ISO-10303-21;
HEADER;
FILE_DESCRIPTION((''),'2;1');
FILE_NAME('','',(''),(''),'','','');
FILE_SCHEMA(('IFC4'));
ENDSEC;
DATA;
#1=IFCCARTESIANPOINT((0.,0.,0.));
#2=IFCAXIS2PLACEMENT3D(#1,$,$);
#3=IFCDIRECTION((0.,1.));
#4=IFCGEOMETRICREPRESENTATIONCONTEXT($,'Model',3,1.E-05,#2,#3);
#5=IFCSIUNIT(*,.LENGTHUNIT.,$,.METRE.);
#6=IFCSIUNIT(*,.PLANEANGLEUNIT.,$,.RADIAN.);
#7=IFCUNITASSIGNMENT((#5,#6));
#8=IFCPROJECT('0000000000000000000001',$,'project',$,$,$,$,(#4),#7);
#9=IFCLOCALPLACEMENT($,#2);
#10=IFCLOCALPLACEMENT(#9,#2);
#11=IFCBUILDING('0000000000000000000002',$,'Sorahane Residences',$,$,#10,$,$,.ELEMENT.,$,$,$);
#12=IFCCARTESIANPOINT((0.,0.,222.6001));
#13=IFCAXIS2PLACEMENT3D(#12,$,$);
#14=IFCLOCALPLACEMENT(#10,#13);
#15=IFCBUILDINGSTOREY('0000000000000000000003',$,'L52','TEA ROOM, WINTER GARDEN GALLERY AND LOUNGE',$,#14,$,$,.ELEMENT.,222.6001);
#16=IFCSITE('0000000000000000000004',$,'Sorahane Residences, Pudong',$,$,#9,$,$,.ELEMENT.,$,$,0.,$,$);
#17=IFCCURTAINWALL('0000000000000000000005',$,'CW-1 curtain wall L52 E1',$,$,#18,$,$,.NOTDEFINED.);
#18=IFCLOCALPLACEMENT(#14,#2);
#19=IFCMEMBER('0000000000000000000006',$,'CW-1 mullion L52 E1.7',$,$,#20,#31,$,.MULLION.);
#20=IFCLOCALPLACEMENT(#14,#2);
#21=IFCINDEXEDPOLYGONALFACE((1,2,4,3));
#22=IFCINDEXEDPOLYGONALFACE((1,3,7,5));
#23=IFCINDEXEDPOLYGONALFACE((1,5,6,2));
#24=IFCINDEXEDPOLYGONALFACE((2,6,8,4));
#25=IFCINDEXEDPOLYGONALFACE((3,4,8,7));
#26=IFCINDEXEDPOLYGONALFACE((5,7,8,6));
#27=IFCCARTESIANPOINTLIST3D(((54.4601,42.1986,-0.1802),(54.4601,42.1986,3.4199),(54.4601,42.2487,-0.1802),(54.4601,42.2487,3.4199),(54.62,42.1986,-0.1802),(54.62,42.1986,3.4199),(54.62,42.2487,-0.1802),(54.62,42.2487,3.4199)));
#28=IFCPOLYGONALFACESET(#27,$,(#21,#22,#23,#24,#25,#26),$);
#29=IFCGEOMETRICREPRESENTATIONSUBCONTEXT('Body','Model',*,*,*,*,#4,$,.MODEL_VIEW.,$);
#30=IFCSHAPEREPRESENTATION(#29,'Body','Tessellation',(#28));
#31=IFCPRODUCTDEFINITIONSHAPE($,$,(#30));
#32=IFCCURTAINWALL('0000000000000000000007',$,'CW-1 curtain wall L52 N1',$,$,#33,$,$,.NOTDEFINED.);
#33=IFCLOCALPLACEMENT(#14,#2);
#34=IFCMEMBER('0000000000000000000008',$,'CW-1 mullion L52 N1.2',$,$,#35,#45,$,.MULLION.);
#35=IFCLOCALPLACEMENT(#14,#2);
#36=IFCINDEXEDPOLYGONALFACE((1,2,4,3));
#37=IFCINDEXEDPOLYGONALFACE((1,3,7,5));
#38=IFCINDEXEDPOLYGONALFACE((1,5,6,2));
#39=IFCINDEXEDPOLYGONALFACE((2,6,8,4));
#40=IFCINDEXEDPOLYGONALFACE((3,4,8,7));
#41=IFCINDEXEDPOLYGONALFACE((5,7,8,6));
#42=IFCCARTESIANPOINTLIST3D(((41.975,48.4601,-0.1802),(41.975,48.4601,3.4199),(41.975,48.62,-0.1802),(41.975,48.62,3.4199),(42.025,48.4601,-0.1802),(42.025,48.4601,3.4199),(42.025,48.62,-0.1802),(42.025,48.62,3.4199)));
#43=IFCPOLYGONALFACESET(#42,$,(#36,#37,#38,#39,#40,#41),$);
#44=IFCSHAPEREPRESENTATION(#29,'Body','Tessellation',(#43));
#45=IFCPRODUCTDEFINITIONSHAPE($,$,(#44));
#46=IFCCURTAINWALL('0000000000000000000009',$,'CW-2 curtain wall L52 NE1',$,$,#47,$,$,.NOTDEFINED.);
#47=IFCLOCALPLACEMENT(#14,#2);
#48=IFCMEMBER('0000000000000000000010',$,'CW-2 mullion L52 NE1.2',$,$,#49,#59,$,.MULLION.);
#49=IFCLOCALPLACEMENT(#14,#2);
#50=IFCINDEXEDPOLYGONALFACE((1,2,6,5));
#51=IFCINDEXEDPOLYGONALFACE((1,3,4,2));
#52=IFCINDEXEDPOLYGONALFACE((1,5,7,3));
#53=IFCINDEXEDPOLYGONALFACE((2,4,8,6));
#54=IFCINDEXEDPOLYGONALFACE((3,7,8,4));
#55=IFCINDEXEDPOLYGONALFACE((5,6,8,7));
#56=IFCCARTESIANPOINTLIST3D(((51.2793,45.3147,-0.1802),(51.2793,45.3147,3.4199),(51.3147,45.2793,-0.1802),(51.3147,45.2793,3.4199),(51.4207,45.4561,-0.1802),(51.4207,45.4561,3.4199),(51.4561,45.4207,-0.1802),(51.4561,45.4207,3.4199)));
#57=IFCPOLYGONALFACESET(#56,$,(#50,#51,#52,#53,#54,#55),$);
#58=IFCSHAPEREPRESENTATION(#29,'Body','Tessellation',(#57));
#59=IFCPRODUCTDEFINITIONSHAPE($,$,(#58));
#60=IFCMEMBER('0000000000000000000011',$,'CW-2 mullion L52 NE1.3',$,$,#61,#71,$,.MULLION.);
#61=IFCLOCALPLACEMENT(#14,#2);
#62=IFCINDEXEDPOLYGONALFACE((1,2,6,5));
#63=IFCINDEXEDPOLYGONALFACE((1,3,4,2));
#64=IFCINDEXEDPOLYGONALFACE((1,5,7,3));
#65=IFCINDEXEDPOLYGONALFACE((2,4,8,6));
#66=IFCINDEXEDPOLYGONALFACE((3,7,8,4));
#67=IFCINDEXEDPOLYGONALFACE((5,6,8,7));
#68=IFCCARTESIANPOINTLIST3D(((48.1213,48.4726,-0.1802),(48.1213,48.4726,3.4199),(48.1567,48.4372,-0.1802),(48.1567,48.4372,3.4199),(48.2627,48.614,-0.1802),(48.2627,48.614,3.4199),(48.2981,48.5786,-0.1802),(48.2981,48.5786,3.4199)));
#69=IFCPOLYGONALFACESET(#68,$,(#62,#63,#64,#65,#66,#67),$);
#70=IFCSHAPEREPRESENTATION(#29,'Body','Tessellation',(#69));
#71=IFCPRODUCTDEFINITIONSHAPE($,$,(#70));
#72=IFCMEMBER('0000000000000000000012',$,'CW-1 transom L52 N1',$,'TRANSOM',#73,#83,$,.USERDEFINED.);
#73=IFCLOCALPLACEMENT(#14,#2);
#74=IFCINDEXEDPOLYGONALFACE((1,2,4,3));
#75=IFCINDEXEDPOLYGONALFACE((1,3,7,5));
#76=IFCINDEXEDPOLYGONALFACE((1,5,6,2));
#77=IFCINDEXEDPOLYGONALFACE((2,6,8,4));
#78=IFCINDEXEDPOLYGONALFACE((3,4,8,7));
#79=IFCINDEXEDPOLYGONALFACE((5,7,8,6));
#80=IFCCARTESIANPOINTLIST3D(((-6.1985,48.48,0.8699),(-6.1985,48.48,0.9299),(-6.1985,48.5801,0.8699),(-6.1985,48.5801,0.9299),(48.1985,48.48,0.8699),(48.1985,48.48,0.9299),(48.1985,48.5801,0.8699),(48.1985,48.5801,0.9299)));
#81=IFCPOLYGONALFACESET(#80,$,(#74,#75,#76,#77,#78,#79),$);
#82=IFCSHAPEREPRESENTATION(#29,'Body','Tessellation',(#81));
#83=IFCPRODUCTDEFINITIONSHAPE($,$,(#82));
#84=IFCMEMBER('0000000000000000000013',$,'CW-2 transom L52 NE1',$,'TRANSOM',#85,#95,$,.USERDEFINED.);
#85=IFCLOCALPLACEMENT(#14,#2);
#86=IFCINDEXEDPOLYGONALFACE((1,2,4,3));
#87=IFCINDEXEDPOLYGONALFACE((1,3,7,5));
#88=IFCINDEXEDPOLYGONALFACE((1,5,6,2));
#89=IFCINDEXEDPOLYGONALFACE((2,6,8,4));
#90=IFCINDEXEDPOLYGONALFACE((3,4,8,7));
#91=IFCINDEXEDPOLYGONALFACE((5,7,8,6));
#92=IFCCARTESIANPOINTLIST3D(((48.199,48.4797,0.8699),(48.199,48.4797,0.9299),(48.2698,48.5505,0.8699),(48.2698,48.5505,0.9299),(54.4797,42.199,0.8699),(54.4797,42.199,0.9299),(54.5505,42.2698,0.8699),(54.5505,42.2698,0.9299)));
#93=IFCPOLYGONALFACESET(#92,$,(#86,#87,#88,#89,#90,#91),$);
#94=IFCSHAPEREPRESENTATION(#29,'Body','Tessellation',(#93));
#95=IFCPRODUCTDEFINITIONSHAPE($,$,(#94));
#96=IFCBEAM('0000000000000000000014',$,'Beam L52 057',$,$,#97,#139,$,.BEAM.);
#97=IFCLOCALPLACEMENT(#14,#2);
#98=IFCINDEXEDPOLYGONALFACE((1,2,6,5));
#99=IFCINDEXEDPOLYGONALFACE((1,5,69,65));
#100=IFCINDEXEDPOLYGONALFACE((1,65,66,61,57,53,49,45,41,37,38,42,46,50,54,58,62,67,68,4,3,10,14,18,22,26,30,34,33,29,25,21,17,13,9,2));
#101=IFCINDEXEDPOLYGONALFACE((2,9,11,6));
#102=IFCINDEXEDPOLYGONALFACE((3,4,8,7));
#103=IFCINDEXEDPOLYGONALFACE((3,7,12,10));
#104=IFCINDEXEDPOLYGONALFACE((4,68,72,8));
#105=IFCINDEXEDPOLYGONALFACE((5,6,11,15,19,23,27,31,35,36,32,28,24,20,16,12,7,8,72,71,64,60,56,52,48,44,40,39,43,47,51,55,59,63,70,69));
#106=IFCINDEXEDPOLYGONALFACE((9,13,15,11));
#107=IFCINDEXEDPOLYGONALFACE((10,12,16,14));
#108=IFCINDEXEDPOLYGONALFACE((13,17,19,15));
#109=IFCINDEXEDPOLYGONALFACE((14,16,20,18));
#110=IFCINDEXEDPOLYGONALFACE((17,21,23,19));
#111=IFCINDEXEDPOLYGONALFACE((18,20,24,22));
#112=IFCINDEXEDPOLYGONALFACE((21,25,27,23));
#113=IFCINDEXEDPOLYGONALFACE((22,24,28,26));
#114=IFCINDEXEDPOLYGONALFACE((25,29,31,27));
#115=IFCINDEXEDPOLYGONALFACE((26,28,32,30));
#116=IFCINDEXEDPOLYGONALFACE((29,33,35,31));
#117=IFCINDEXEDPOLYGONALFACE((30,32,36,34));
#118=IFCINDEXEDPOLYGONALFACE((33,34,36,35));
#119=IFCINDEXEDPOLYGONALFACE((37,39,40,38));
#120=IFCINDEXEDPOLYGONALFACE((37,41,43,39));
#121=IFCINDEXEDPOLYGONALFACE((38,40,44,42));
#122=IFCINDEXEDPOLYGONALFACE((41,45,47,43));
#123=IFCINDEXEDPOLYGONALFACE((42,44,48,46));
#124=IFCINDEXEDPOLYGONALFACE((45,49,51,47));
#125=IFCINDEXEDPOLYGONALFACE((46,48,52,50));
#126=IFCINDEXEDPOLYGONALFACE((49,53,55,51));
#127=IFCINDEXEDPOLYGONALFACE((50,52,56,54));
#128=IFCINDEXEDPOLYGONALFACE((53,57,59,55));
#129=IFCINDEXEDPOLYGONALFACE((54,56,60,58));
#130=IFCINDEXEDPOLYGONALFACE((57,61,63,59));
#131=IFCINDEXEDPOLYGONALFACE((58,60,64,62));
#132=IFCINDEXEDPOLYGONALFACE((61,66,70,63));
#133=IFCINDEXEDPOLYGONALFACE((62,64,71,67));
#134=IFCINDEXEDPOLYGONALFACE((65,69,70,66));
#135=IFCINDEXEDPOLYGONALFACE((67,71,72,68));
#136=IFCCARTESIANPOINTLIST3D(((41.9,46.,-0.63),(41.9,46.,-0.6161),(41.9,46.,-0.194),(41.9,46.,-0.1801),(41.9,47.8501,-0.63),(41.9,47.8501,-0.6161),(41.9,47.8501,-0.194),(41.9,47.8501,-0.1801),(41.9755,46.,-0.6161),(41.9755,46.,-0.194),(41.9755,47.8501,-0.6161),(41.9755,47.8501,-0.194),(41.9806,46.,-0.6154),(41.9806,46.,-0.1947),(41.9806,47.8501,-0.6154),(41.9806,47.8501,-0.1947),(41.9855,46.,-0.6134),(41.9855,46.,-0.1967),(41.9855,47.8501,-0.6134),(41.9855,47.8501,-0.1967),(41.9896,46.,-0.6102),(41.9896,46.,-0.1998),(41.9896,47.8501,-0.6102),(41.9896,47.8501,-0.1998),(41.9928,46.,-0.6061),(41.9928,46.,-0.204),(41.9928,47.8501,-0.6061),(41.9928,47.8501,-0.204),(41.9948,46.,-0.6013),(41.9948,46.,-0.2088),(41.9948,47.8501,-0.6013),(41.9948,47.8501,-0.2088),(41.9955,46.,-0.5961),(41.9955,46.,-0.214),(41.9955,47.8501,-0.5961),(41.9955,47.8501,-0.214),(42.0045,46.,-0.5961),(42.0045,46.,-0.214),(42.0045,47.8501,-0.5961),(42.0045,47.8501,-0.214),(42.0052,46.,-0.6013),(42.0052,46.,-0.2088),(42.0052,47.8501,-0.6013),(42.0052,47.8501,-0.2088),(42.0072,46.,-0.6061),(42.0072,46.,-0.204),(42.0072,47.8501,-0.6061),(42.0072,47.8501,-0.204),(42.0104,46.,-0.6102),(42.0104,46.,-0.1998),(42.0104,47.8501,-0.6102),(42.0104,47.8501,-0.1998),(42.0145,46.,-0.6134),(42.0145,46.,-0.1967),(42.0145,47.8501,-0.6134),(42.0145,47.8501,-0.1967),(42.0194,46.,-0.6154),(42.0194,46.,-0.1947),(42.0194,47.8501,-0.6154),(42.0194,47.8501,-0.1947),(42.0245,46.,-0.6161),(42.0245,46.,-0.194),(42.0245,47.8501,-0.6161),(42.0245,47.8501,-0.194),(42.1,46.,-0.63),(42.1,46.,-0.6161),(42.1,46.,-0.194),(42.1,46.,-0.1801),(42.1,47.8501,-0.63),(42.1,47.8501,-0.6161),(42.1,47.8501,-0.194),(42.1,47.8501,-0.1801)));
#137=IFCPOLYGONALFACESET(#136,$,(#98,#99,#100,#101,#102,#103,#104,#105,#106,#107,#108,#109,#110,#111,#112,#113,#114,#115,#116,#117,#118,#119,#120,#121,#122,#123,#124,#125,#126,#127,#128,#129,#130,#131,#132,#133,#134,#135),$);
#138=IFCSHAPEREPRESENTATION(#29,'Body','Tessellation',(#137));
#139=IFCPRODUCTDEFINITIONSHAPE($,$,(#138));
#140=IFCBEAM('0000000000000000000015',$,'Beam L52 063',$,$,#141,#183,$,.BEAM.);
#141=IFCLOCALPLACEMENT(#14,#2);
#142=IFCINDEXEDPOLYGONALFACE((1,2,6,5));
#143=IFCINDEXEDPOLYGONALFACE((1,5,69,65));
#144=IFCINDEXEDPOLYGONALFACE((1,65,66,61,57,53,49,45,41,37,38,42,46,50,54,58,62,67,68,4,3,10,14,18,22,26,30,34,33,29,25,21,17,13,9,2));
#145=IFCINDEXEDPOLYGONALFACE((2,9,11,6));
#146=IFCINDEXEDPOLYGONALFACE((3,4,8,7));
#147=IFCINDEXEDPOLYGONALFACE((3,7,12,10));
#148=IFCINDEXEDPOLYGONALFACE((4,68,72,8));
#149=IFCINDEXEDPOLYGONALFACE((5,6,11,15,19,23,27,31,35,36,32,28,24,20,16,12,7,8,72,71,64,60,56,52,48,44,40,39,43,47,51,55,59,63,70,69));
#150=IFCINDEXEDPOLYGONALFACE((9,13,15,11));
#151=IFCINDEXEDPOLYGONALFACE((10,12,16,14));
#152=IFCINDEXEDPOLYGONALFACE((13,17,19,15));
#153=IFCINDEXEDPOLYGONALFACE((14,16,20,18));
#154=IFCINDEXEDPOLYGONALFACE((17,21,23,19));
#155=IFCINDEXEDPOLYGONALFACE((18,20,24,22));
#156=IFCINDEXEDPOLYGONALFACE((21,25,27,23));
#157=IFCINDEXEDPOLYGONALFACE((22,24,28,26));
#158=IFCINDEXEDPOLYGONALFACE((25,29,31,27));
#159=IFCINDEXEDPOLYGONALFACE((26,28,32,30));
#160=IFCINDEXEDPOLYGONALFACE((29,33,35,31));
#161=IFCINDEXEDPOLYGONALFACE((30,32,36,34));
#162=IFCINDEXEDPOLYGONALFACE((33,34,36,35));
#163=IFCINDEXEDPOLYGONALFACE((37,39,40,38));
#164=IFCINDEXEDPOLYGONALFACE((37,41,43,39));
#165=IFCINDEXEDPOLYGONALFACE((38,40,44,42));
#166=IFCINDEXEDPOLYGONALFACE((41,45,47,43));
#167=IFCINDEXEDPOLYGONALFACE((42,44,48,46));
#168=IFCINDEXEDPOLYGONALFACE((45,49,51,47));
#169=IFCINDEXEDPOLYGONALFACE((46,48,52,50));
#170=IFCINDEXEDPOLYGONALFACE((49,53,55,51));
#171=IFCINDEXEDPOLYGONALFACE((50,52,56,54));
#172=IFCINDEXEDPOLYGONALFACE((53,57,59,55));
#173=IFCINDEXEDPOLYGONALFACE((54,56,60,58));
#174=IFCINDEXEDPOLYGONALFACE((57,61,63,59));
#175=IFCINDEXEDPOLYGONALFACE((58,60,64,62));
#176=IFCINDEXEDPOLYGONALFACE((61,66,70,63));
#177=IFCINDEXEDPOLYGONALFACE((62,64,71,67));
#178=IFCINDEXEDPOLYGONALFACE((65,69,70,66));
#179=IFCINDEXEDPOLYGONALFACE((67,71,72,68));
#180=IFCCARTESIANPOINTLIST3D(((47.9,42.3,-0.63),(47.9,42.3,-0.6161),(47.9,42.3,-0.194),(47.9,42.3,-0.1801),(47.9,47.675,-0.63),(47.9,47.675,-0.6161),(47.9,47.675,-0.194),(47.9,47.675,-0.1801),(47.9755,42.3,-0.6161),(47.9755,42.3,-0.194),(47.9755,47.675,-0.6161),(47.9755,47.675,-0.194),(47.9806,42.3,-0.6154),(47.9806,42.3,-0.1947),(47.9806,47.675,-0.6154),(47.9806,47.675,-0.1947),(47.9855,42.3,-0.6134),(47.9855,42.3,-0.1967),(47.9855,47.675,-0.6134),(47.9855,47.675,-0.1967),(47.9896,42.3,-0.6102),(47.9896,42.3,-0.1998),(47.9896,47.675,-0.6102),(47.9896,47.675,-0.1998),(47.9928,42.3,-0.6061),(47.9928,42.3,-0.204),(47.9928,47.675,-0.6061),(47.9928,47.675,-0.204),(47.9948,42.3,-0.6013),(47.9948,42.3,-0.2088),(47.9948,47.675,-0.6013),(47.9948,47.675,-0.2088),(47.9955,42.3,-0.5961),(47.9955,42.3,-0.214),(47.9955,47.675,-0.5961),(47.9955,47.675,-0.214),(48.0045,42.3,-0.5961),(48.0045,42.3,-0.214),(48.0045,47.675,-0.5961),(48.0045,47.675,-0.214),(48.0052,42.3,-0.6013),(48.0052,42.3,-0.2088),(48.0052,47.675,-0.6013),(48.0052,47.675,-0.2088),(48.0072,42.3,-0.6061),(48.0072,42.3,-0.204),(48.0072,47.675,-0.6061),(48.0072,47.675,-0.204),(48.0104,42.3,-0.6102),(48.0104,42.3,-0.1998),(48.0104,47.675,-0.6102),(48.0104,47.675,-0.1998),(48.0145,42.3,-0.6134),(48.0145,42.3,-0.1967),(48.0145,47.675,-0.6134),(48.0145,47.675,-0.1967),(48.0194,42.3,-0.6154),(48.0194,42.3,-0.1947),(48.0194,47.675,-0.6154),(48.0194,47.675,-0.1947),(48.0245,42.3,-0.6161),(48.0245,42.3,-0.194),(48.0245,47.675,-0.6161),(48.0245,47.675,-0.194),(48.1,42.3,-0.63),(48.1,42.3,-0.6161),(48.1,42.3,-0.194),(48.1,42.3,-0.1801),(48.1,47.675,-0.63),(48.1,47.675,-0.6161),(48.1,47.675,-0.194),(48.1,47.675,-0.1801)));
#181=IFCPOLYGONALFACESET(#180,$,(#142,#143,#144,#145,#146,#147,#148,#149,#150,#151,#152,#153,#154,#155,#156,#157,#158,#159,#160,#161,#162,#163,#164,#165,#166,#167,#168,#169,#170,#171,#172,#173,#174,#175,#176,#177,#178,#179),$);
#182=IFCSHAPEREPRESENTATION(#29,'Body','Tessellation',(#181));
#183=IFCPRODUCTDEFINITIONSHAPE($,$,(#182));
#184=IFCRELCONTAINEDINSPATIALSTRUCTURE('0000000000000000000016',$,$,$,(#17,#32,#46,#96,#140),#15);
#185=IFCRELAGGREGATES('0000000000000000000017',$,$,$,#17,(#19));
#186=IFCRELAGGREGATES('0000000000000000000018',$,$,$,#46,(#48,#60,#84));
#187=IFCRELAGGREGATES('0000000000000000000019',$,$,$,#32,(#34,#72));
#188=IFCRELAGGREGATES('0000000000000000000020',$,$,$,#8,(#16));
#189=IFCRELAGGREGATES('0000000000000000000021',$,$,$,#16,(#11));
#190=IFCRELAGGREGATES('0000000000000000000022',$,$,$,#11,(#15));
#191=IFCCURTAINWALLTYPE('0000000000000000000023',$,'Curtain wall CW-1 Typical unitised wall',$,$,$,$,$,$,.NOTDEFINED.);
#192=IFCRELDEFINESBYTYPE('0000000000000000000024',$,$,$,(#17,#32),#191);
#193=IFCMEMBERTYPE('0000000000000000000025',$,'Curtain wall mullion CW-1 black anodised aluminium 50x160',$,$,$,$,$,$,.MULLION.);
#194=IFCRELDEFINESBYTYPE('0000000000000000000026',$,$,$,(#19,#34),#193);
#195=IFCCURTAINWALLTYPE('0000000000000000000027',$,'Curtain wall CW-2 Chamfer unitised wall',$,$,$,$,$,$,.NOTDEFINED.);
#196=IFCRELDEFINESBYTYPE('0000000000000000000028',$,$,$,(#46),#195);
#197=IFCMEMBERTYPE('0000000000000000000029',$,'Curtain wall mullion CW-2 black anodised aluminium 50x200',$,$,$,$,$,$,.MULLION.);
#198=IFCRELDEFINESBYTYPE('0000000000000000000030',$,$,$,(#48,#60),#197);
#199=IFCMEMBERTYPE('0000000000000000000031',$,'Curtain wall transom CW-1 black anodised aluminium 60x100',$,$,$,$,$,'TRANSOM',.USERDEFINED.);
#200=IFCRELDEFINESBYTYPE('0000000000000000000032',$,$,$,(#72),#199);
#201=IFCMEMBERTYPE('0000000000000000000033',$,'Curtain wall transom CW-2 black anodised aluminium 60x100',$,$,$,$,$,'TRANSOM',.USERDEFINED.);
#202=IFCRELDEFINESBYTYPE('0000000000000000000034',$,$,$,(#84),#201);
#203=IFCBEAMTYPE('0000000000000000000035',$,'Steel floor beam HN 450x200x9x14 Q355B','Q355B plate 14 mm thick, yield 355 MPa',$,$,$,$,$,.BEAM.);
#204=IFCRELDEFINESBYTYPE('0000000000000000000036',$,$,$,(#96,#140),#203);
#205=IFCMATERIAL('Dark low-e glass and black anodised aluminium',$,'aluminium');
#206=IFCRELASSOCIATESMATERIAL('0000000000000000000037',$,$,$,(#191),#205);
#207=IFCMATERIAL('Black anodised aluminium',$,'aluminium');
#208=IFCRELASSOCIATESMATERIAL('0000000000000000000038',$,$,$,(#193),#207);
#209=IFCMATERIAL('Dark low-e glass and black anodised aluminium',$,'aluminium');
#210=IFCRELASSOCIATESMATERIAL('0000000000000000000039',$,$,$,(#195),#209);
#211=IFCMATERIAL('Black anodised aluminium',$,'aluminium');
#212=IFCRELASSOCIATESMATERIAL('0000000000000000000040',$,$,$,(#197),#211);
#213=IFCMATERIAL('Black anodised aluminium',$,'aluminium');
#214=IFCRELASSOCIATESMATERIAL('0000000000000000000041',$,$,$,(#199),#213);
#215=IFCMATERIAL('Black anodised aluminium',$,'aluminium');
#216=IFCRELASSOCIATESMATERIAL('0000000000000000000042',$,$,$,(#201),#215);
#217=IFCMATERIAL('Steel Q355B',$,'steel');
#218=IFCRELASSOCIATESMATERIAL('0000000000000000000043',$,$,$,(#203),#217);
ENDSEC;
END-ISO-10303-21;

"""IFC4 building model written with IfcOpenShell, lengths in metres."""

from ifc_helpers import new_model, si_unit, direction, frame, origin, origin_2d, place, context, subcontext, project, spatial, rectangle, i_section, extrude, material, material_profile, profile_set, type_object, element, aggregate, save


model = new_model("IFC4")

# Units and contexts
model_context = context("Model", 3, precision=1e-05, world=origin(), true_north=direction((0.0, 1.0)))
body_context = subcontext(model_context, "Body", "Model", "MODEL_VIEW")
ifc_project = project(units=[si_unit("LENGTHUNIT", "METRE"), si_unit("PLANEANGLEUNIT", "RADIAN")], contexts=[model_context])

# Site, building, storey
site_placement = place(None, origin())
site = spatial("IfcSite", under=ifc_project, at=site_placement, Name="Sorahane Residences, Pudong", CompositionType="ELEMENT", RefElevation=0.0)
building_placement = place(site_placement, origin())
building = spatial("IfcBuilding", under=site, at=building_placement, Name="Sorahane Residences", CompositionType="ELEMENT")
storey_placement = place(building_placement, frame((0.0, 0.0, 222.6001)))
storey = spatial("IfcBuildingStorey", under=building, at=storey_placement, Name="L52", Description="TEA ROOM, WINTER GARDEN GALLERY AND LOUNGE", CompositionType="ELEMENT", Elevation=222.6001)

# Curtain walls, members
ifc_material_1 = material(Name="Dark low-e glass and black anodised aluminium", Category="aluminium")
curtain_wall_type_1 = type_object("IfcCurtainWallType", Name="Curtain wall CW-1 Typical unitised wall", PredefinedType="NOTDEFINED", material=ifc_material_1)
curtain_wall_1_placement = place(storey_placement, origin())
curtain_wall_1 = element("IfcCurtainWall", 1, at=curtain_wall_1_placement, inside=storey, type_object=curtain_wall_type_1, Name="CW-1 curtain wall L52 E1", PredefinedType="NOTDEFINED")
ifc_material_2 = material(Name="Black anodised aluminium", Category="aluminium")
ifc_material_profile_1 = material_profile(ifc_material_2, rectangle(XDim=0.1599, YDim=0.05, at=origin_2d()), Name="Curtain wall mullion CW-1 black anodised aluminium 50x160")
ifc_profile_set_1 = profile_set([ifc_material_profile_1], Name="Black anodised aluminium")
member_type_1 = type_object("IfcMemberType", Name="Curtain wall mullion CW-1 black anodised aluminium 50x160", PredefinedType="MULLION", material=ifc_profile_set_1)
member_1_placement = place(storey_placement, frame((54.54, 42.2236, -0.1802), z_axis=(0.0, 0.0, 1.0), x_axis=(1.0, 0.0, 0.0)))
member_1 = element("IfcMember", 2, at=member_1_placement, type_object=member_type_1, Name="CW-1 mullion L52 E1.7", PredefinedType="MULLION", context=body_context, shape_type="SweptSolid", body=[
    extrude(rectangle(XDim=0.1599, YDim=0.05, at=origin_2d()), origin(), (0.0, 0.0, 1.0), 3.6001),
])
aggregate(curtain_wall_1, [member_1])
curtain_wall_2_placement = place(storey_placement, origin())
curtain_wall_2 = element("IfcCurtainWall", 3, at=curtain_wall_2_placement, inside=storey, type_object=curtain_wall_type_1, Name="CW-1 curtain wall L52 N1", PredefinedType="NOTDEFINED")
member_2_placement = place(storey_placement, frame((42.0, 48.54, -0.1802), z_axis=(0.0, 0.0, 1.0), x_axis=(0.0, 1.0, 0.0)))
member_2 = element("IfcMember", 4, at=member_2_placement, type_object=member_type_1, Name="CW-1 mullion L52 N1.2", PredefinedType="MULLION", context=body_context, shape_type="SweptSolid", body=[
    extrude(rectangle(XDim=0.1599, YDim=0.05, at=origin_2d()), origin(), (0.0, 0.0, 1.0), 3.6001),
])

# Curtain wall, members
ifc_material_3 = material(Name="Dark low-e glass and black anodised aluminium", Category="aluminium")
curtain_wall_type_2 = type_object("IfcCurtainWallType", Name="Curtain wall CW-2 Chamfer unitised wall", PredefinedType="NOTDEFINED", material=ifc_material_3)
curtain_wall_3_placement = place(storey_placement, origin())
curtain_wall_3 = element("IfcCurtainWall", 5, at=curtain_wall_3_placement, inside=storey, type_object=curtain_wall_type_2, Name="CW-2 curtain wall L52 NE1", PredefinedType="NOTDEFINED")
ifc_material_4 = material(Name="Black anodised aluminium", Category="aluminium")
ifc_material_profile_2 = material_profile(ifc_material_4, rectangle(XDim=0.2, YDim=0.05, at=origin_2d()), Name="Curtain wall mullion CW-2 black anodised aluminium 50x200")
ifc_profile_set_2 = profile_set([ifc_material_profile_2], Name="Black anodised aluminium")
member_type_2 = type_object("IfcMemberType", Name="Curtain wall mullion CW-2 black anodised aluminium 50x200", PredefinedType="MULLION", material=ifc_profile_set_2)
member_3_placement = place(storey_placement, frame((51.3677, 45.3677, -0.1802), z_axis=(0.0, 0.0, 1.0), x_axis=(0.707107, 0.707107, 0.0)))
member_3 = element("IfcMember", 6, at=member_3_placement, type_object=member_type_2, Name="CW-2 mullion L52 NE1.2", PredefinedType="MULLION", context=body_context, shape_type="SweptSolid", body=[
    extrude(rectangle(XDim=0.2, YDim=0.05, at=origin_2d()), origin(), (0.0, 0.0, 1.0), 3.6001),
])
member_4_placement = place(storey_placement, frame((48.2097, 48.5256, -0.1802), z_axis=(0.0, 0.0, 1.0), x_axis=(0.707107, 0.707107, 0.0)))
member_4 = element("IfcMember", 7, at=member_4_placement, type_object=member_type_2, Name="CW-2 mullion L52 NE1.3", PredefinedType="MULLION", context=body_context, shape_type="SweptSolid", body=[
    extrude(rectangle(XDim=0.2, YDim=0.05, at=origin_2d()), origin(), (0.0, 0.0, 1.0), 3.6001),
])

# Members
ifc_material_5 = material(Name="Black anodised aluminium", Category="aluminium")
ifc_material_profile_3 = material_profile(ifc_material_5, rectangle(XDim=0.1001, YDim=0.0601, at=origin_2d()), Name="Curtain wall transom CW-1 black anodised aluminium 60x100")
ifc_profile_set_3 = profile_set([ifc_material_profile_3], Name="Black anodised aluminium")
member_type_3 = type_object("IfcMemberType", Name="Curtain wall transom CW-1 black anodised aluminium 60x100", ElementType="TRANSOM", PredefinedType="USERDEFINED", material=ifc_profile_set_3)
member_5_placement = place(storey_placement, frame((48.1985, 48.53, 0.8999), z_axis=(-1.0, 0.0, 0.0), x_axis=(0.0, -1.0, 0.0)))
member_5 = element("IfcMember", 8, at=member_5_placement, type_object=member_type_3, Name="CW-1 transom L52 N1", ObjectType="TRANSOM", PredefinedType="USERDEFINED", context=body_context, shape_type="SweptSolid", body=[
    extrude(rectangle(XDim=0.1001, YDim=0.0601, at=origin_2d()), origin(), (0.0, 0.0, 1.0), 54.397),
])
ifc_material_6 = material(Name="Black anodised aluminium", Category="aluminium")
ifc_material_profile_4 = material_profile(ifc_material_6, rectangle(XDim=0.1001, YDim=0.0601, at=origin_2d()), Name="Curtain wall transom CW-2 black anodised aluminium 60x100")
ifc_profile_set_4 = profile_set([ifc_material_profile_4], Name="Black anodised aluminium")
member_type_4 = type_object("IfcMemberType", Name="Curtain wall transom CW-2 black anodised aluminium 60x100", ElementType="TRANSOM", PredefinedType="USERDEFINED", material=ifc_profile_set_4)
member_6_placement = place(storey_placement, frame((54.5151, 42.2344, 0.8999), z_axis=(-0.707107, 0.707107, 0.0), x_axis=(-0.707107, -0.707107, 0.0)))
member_6 = element("IfcMember", 9, at=member_6_placement, type_object=member_type_4, Name="CW-2 transom L52 NE1", ObjectType="TRANSOM", PredefinedType="USERDEFINED", context=body_context, shape_type="SweptSolid", body=[
    extrude(rectangle(XDim=0.1001, YDim=0.0601, at=origin_2d()), origin(), (0.0, 0.0, 1.0), 8.8823),
])

# Beams
ifc_material_7 = material(Name="Steel Q355B", Category="steel")
ifc_material_profile_5 = material_profile(ifc_material_7, i_section(OverallWidth=0.2, OverallDepth=0.45, WebThickness=0.009, FlangeThickness=0.0139, FilletRadius=0.02, at=origin_2d()), Name="HN 450x200x9x14")
ifc_profile_set_5 = profile_set([ifc_material_profile_5], Name="Steel Q355B")
beam_type_1 = type_object("IfcBeamType", Name="Steel floor beam HN 450x200x9x14 Q355B", Description="Q355B plate 14 mm thick, yield 355 MPa", PredefinedType="BEAM", material=ifc_profile_set_5)
beam_1_placement = place(storey_placement, frame((42.0, 46.0, -0.405), z_axis=(0.0, 1.0, 0.0), x_axis=(-1.0, 0.0, 0.0)))
element("IfcBeam", 10, at=beam_1_placement, inside=storey, type_object=beam_type_1, Name="Beam L52 057", PredefinedType="BEAM", context=body_context, shape_type="SweptSolid", body=[
    extrude(i_section(OverallWidth=0.2, OverallDepth=0.45, WebThickness=0.009, FlangeThickness=0.0139, FilletRadius=0.02, at=origin_2d()), origin(), (0.0, 0.0, 1.0), 1.8501),
])
beam_2_placement = place(storey_placement, frame((48.0, 42.3, -0.405), z_axis=(0.0, 1.0, 0.0), x_axis=(-1.0, 0.0, 0.0)))
element("IfcBeam", 11, at=beam_2_placement, inside=storey, type_object=beam_type_1, Name="Beam L52 063", PredefinedType="BEAM", context=body_context, shape_type="SweptSolid", body=[
    extrude(i_section(OverallWidth=0.2, OverallDepth=0.45, WebThickness=0.009, FlangeThickness=0.0139, FilletRadius=0.02, at=origin_2d()), origin(), (0.0, 0.0, 1.0), 5.375),
])

aggregate(curtain_wall_3, [member_3, member_4, member_6])
aggregate(curtain_wall_2, [member_2, member_5])

save(model, "model.ifc")
